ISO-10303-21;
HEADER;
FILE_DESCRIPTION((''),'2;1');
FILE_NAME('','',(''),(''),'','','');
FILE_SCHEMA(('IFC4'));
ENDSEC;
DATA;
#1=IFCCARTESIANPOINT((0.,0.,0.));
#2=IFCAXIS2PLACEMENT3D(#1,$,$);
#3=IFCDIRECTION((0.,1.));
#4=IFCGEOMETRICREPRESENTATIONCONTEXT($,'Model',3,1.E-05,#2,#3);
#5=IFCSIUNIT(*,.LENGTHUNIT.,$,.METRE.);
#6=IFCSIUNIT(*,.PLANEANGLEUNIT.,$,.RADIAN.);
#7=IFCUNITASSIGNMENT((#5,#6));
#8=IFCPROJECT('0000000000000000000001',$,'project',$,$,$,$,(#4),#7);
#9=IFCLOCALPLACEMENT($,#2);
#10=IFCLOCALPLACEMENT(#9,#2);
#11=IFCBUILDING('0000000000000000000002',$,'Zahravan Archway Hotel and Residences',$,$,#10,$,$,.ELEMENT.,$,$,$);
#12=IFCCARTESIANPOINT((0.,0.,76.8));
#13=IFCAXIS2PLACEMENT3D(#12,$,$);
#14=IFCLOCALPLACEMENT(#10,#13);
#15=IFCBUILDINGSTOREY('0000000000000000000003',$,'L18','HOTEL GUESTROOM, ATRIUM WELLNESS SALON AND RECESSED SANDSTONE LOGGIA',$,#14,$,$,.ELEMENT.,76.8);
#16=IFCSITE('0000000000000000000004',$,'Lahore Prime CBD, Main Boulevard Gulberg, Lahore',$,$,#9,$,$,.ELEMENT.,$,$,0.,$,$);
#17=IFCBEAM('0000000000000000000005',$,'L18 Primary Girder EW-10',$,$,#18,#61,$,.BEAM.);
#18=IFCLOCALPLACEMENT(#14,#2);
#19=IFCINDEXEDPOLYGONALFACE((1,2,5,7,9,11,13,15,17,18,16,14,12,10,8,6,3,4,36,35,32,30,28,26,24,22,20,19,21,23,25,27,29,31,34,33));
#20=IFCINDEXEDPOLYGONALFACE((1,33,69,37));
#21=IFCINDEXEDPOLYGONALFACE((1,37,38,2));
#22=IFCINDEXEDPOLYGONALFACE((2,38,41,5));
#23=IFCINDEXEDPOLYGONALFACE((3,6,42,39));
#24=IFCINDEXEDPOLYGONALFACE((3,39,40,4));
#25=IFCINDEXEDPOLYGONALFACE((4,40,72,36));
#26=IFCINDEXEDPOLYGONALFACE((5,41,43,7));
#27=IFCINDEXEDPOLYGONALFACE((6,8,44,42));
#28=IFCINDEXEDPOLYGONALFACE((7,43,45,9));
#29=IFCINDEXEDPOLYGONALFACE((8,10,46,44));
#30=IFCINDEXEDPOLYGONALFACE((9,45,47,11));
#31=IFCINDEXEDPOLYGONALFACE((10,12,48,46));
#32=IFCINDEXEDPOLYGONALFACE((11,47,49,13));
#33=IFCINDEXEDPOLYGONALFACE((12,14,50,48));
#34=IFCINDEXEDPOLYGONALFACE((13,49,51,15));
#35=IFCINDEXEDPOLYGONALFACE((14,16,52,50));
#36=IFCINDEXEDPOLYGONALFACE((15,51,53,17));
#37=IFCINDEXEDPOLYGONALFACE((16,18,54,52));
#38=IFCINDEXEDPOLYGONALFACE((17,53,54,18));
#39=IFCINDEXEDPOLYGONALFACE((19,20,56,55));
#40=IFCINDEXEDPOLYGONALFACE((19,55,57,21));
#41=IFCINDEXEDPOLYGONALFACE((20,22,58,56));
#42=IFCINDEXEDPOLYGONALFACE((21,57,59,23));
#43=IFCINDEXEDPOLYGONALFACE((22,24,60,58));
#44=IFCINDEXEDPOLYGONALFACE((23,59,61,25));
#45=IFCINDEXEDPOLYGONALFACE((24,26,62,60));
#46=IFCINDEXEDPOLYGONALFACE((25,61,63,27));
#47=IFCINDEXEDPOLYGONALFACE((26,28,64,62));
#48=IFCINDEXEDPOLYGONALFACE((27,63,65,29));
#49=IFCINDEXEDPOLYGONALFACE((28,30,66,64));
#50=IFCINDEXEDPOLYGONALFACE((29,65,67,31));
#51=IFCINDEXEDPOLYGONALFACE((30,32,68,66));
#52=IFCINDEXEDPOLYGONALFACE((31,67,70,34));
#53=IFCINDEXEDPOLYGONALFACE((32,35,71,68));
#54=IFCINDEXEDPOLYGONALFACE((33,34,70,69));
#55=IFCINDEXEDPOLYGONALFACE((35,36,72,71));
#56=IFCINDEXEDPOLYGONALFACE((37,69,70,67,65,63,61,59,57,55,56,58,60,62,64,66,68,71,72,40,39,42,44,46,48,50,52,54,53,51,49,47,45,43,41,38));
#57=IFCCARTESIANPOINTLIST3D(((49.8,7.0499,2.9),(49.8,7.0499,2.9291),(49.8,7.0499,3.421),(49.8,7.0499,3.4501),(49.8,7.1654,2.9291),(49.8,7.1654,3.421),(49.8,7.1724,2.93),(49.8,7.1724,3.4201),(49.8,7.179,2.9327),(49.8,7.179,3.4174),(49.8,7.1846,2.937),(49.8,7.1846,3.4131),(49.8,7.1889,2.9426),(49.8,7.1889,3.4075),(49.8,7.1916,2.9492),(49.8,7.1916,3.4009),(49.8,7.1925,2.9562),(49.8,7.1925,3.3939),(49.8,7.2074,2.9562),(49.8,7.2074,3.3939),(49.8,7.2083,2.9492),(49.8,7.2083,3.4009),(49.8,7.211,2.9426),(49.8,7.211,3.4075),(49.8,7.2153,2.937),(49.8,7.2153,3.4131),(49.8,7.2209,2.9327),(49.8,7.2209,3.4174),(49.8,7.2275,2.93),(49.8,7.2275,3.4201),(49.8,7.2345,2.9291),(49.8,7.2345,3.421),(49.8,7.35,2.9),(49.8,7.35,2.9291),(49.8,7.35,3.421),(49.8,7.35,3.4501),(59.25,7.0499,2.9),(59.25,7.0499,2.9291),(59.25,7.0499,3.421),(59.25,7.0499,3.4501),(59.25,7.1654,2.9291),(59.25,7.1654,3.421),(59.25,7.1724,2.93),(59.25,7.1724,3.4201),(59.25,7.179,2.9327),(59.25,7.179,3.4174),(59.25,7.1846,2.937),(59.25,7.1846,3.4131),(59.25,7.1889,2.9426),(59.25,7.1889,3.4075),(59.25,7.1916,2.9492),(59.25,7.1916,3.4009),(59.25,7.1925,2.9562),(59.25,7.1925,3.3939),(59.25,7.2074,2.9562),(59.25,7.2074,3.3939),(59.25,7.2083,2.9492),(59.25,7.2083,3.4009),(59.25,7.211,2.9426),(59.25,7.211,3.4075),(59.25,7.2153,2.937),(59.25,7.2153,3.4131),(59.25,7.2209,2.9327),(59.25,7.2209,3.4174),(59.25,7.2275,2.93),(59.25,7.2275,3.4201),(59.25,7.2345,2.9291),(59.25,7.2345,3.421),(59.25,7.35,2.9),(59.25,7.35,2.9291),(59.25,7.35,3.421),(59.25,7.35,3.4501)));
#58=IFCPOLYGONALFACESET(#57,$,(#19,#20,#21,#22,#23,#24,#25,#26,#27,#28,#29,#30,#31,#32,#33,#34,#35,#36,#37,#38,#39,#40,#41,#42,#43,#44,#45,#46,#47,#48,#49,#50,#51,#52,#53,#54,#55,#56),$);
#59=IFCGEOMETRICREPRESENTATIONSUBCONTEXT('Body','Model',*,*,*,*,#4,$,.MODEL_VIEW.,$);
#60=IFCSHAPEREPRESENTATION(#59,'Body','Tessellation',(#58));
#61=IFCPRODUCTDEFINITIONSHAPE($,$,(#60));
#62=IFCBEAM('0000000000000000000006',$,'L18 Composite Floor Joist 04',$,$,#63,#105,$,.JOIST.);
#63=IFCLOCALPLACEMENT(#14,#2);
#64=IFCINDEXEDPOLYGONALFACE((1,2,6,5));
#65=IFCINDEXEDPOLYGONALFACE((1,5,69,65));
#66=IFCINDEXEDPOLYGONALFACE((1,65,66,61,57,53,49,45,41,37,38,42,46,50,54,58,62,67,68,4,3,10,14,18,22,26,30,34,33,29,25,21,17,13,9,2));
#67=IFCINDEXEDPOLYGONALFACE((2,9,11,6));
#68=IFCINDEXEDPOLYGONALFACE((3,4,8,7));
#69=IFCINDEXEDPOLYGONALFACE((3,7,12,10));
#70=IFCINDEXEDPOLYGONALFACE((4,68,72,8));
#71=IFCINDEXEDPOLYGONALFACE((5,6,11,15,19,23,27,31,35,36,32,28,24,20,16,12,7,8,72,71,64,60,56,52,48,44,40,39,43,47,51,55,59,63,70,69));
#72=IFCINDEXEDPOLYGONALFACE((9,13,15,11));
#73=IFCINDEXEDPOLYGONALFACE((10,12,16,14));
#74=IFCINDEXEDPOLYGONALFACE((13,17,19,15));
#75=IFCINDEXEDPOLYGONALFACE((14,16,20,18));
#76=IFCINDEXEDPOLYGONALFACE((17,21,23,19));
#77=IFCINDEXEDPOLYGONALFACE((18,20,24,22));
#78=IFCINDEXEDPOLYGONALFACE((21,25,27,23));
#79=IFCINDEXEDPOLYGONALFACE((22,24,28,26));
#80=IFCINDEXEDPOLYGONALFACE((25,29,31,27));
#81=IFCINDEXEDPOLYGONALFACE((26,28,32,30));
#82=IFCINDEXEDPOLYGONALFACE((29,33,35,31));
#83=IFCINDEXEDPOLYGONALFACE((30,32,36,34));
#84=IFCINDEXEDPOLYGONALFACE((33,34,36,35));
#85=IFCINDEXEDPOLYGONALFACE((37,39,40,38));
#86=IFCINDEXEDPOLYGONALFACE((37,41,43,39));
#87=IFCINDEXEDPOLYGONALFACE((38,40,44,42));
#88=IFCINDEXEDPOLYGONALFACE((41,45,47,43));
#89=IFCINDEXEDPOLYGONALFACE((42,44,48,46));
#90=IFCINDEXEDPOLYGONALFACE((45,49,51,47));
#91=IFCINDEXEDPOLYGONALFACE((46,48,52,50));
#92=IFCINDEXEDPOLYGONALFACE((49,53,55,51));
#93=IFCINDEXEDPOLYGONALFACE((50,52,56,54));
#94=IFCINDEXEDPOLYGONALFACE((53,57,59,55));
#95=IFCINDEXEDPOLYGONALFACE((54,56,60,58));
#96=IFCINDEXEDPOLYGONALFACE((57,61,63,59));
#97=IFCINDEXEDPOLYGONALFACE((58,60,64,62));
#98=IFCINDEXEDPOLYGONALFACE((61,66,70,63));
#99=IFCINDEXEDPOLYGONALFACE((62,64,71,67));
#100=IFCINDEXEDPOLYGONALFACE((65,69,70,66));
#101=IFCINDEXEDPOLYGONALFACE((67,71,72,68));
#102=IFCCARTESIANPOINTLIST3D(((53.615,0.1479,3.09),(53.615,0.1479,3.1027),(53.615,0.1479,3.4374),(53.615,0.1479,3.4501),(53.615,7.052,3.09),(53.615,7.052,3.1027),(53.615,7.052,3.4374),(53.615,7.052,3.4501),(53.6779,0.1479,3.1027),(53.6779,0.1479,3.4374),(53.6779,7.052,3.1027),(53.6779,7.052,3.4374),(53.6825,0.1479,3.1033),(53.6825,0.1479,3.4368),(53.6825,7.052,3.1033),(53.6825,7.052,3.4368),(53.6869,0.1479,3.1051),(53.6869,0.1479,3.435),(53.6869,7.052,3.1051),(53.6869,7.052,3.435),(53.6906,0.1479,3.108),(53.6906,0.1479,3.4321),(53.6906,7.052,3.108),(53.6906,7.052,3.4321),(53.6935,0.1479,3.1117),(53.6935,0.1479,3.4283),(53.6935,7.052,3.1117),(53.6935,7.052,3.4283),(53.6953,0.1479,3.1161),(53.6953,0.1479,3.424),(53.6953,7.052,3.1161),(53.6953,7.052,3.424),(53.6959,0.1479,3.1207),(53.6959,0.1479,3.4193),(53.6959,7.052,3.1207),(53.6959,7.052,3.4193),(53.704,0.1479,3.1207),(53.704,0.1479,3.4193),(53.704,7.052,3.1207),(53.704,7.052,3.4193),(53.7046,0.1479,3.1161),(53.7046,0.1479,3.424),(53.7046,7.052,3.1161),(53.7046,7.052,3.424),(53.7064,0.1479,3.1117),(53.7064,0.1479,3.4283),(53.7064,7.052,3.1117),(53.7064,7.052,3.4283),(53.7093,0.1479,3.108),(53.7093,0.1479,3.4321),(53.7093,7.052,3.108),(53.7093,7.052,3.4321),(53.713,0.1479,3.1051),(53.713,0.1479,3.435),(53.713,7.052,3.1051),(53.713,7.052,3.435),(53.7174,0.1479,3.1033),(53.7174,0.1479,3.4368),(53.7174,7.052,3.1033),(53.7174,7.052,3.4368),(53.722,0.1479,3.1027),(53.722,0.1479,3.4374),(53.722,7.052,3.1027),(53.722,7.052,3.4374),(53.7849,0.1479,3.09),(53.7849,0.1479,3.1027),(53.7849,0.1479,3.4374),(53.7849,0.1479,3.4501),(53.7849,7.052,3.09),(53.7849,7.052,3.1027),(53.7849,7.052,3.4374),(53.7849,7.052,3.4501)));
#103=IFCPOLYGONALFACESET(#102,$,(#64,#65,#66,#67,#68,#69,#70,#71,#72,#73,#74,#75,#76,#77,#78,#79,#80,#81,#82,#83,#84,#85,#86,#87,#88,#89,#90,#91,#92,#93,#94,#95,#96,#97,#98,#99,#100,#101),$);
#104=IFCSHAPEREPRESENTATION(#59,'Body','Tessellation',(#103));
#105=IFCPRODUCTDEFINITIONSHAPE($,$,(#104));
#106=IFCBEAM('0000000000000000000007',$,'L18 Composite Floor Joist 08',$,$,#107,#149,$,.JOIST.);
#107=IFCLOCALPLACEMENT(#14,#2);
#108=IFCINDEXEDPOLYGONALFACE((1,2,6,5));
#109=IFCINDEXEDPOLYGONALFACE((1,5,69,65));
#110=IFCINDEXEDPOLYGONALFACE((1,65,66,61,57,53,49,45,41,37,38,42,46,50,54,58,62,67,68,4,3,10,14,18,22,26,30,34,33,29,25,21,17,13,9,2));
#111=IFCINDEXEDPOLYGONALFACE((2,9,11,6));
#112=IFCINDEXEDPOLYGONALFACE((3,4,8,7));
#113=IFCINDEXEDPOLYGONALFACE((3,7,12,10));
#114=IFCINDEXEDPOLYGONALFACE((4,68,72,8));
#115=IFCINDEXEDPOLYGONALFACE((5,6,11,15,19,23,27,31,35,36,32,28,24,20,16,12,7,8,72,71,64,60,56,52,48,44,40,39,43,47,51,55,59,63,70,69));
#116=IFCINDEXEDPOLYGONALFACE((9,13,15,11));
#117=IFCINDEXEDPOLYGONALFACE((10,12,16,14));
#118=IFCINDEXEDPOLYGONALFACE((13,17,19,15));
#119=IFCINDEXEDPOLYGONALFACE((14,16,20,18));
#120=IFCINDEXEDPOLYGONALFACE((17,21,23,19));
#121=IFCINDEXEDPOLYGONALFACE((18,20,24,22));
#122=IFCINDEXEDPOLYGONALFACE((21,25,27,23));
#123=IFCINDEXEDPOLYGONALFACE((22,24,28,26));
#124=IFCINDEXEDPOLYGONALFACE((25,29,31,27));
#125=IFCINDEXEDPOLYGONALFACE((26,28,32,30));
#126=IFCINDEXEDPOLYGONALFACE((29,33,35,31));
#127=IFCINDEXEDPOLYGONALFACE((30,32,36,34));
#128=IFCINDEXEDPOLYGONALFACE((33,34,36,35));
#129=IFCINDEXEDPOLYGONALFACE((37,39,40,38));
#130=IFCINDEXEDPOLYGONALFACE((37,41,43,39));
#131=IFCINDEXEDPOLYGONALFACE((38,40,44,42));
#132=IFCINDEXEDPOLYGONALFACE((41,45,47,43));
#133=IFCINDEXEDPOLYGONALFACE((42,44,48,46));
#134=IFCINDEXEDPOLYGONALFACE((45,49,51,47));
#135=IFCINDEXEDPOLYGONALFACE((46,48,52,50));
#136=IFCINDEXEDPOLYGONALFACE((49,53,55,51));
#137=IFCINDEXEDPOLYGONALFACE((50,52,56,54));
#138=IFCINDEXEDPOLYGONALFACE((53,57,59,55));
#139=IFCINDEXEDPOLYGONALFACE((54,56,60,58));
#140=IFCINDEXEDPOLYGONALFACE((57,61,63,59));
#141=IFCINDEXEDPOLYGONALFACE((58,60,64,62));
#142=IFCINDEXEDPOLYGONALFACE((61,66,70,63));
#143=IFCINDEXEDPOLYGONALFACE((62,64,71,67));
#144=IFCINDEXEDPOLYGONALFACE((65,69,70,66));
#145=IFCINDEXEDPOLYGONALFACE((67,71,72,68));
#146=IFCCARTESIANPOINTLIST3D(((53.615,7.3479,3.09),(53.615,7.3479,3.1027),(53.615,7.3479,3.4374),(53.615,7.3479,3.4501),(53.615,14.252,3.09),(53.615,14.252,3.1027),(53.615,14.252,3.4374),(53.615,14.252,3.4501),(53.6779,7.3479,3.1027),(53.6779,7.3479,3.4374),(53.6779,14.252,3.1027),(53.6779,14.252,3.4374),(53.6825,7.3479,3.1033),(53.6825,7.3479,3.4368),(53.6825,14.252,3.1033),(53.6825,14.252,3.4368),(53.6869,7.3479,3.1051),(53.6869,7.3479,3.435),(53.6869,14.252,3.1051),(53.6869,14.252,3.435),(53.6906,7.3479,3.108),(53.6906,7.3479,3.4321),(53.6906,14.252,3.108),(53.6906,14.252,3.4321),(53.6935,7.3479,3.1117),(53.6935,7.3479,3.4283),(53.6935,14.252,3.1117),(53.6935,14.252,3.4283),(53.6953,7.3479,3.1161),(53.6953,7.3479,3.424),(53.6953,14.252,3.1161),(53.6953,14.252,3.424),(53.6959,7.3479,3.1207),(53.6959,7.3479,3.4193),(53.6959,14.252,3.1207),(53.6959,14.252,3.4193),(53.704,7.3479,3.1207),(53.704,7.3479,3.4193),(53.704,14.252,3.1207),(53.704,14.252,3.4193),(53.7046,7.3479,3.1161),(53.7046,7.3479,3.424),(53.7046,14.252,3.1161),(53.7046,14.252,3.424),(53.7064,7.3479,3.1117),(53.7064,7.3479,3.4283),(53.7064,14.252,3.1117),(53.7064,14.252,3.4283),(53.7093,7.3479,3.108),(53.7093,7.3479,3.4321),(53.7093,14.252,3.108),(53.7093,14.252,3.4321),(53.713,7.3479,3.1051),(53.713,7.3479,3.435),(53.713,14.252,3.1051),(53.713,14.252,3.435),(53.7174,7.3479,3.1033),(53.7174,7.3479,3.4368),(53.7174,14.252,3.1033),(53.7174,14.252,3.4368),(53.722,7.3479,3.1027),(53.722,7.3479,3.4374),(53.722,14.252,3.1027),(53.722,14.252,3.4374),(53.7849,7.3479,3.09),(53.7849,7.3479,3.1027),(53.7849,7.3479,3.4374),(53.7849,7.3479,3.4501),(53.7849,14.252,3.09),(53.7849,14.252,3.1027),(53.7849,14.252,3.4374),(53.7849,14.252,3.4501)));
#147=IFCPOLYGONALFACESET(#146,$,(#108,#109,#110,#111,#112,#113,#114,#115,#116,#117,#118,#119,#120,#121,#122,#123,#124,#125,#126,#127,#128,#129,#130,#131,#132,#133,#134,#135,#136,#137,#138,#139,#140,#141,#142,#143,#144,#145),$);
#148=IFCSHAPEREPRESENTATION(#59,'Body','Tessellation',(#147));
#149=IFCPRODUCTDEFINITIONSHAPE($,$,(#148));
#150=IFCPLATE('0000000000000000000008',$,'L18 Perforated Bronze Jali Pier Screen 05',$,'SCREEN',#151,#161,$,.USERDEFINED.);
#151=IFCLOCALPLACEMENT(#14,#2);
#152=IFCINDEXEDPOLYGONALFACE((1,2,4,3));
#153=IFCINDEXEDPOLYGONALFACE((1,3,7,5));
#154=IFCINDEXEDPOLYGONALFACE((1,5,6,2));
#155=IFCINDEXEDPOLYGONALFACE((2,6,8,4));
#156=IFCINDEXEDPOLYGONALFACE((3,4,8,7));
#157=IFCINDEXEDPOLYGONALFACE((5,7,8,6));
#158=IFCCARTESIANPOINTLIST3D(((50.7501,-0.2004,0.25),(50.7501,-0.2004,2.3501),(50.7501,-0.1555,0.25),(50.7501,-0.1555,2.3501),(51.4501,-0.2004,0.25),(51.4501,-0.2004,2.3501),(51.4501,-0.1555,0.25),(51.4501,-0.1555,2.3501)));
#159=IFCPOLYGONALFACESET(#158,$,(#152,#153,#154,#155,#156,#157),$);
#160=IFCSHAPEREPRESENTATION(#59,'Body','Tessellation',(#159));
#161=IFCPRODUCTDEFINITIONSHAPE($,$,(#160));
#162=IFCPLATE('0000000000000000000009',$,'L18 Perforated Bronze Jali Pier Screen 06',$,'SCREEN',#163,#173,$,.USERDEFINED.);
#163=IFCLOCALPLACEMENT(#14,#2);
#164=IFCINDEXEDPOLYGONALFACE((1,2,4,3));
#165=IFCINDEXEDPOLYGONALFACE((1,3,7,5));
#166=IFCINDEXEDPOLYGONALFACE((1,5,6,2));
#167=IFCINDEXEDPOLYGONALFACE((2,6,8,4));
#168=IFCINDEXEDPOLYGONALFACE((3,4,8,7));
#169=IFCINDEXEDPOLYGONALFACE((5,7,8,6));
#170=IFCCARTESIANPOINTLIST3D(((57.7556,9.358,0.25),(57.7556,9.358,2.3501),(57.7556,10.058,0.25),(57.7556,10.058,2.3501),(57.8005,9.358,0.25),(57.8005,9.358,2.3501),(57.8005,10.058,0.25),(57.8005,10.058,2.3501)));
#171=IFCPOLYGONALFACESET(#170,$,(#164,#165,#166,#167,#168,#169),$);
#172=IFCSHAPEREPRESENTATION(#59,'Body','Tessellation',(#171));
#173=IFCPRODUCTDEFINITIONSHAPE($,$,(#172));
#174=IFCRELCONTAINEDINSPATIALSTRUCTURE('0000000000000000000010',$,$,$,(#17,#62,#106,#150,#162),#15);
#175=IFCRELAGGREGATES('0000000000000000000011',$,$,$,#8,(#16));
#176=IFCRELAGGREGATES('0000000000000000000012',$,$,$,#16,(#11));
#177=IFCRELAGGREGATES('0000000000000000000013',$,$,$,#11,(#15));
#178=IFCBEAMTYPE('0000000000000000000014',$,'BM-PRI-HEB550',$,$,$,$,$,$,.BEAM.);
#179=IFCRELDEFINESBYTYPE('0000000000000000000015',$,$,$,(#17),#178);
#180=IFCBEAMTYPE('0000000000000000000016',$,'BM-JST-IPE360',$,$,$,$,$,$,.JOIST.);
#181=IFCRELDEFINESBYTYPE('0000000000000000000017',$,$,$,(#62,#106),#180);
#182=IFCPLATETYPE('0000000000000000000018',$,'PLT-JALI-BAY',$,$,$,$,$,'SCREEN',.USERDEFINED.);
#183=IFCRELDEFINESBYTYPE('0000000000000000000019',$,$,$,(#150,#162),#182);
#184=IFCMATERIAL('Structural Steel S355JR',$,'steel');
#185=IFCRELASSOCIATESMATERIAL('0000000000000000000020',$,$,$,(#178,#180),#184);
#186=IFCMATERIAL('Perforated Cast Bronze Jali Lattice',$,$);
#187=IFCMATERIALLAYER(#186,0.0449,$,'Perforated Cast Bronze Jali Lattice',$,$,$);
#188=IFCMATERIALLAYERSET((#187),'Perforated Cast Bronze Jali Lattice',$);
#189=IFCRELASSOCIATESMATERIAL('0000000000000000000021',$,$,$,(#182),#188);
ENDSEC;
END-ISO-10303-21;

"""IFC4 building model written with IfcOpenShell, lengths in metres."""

from ifc_helpers import new_model, si_unit, direction, frame, origin, origin_2d, place, context, subcontext, project, spatial, rectangle, i_section, extrude, source, transform, mapped, material, layer, layer_set, material_profile, profile_set, type_object, type_shapes, element, save


model = new_model("IFC4")

# Units and contexts
model_context = context("Model", 3, precision=1e-05, world=origin(), true_north=direction((0.0, 1.0)))
body_context = subcontext(model_context, "Body", "Model", "MODEL_VIEW")
ifc_project = project(units=[si_unit("LENGTHUNIT", "METRE"), si_unit("PLANEANGLEUNIT", "RADIAN")], contexts=[model_context])

# Site, building, storey
site_placement = place(None, origin())
site = spatial("IfcSite", under=ifc_project, at=site_placement, Name="Lahore Prime CBD, Main Boulevard Gulberg, Lahore", CompositionType="ELEMENT", RefElevation=0.0)
building_placement = place(site_placement, origin())
building = spatial("IfcBuilding", under=site, at=building_placement, Name="Zahravan Archway Hotel and Residences", CompositionType="ELEMENT")
storey_placement = place(building_placement, frame((0.0, 0.0, 76.8)))
storey = spatial("IfcBuildingStorey", under=building, at=storey_placement, Name="L18", Description="HOTEL GUESTROOM, ATRIUM WELLNESS SALON AND RECESSED SANDSTONE LOGGIA", CompositionType="ELEMENT", Elevation=76.8)

# Beams
ifc_material_1 = material(Name="Structural Steel S355JR", Category="steel")
ifc_material_profile_1 = material_profile(ifc_material_1, i_section(OverallWidth=0.3, OverallDepth=0.55, WebThickness=0.0149, FlangeThickness=0.0291, FilletRadius=0.0271, at=origin_2d()), Name="HEB 550", Category="steel")
ifc_profile_set_1 = profile_set([ifc_material_profile_1], Name="Structural Steel S355JR")
beam_type_1 = type_object("IfcBeamType", Name="BM-PRI-HEB550", PredefinedType="BEAM", material=ifc_profile_set_1)
shared_shape_1 = source(origin(), body_context, "Body", "SweptSolid", [
    extrude(i_section(OverallWidth=0.3, OverallDepth=0.55, WebThickness=0.0149, FlangeThickness=0.0291, FilletRadius=0.0271, at=origin_2d()), origin(), (0.0, 0.0, 1.0), 9.45),
])
beam_1_placement = place(storey_placement, frame((49.8, 7.2, 3.175), z_axis=(1.0, 0.0, 0.0), x_axis=(0.0, 1.0, 0.0)))
element("IfcBeam", 1, at=beam_1_placement, inside=storey, type_object=beam_type_1, Name="L18 Primary Girder EW-10", PredefinedType="BEAM", context=body_context, shape_type="MappedRepresentation", body=[
    mapped(shared_shape_1, transform((0.0, 0.0, 0.0), scale=1.0)),
])
ifc_material_profile_2 = material_profile(ifc_material_1, i_section(OverallWidth=0.1699, OverallDepth=0.3601, WebThickness=0.0081, FlangeThickness=0.0127, FilletRadius=0.0181, at=origin_2d()), Name="IPE 360", Category="steel")
ifc_profile_set_2 = profile_set([ifc_material_profile_2], Name="Structural Steel S355JR")
beam_type_2 = type_object("IfcBeamType", Name="BM-JST-IPE360", PredefinedType="JOIST", material=ifc_profile_set_2)
shared_shape_2 = source(origin(), body_context, "Body", "SweptSolid", [
    extrude(i_section(OverallWidth=0.1699, OverallDepth=0.3601, WebThickness=0.0081, FlangeThickness=0.0127, FilletRadius=0.0181, at=origin_2d()), origin(), (0.0, 0.0, 1.0), 6.9041),
])
type_shapes(beam_type_2, [shared_shape_2])
for number, where, z_axis, x_axis, name in (
    (2, (53.7, 0.1479, 3.27), (0.0, 1.0, 0.0), (-1.0, 0.0, 0.0), "L18 Composite Floor Joist 04"),
    (3, (53.7, 7.3479, 3.27), (0.0, 1.0, 0.0), (-1.0, 0.0, 0.0), "L18 Composite Floor Joist 08"),
):
    element("IfcBeam", number, at=place(storey_placement, frame(where, z_axis=z_axis, x_axis=x_axis)), inside=storey, type_object=beam_type_2, Name=name, PredefinedType="JOIST", context=body_context, shape_type="MappedRepresentation", body=[
        mapped(shared_shape_2, transform((0.0, 0.0, 0.0), scale=1.0)),
    ])

# Plates
ifc_material_2 = material(Name="Perforated Cast Bronze Jali Lattice")
ifc_layer_1 = layer(ifc_material_2, 0.0449, Name="Perforated Cast Bronze Jali Lattice")
ifc_layer_set_1 = layer_set([ifc_layer_1], Name="Perforated Cast Bronze Jali Lattice")
plate_type = type_object("IfcPlateType", Name="PLT-JALI-BAY", ElementType="SCREEN", PredefinedType="USERDEFINED", material=ifc_layer_set_1)
shared_shape_3 = source(origin(), body_context, "Body", "SweptSolid", [
    extrude(rectangle(XDim=0.7, YDim=0.0449, at=origin_2d()), origin(), (0.0, 0.0, 1.0), 2.1001),
])
type_shapes(plate_type, [shared_shape_3])
for number, where, z_axis, x_axis, name in (
    (4, (51.1001, -0.178, 0.25), (0.0, 0.0, 1.0), (1.0, 0.0, 0.0), "L18 Perforated Bronze Jali Pier Screen 05"),
    (5, (57.7781, 9.708, 0.25), (0.0, 0.0, 1.0), (0.0, 1.0, 0.0), "L18 Perforated Bronze Jali Pier Screen 06"),
):
    element("IfcPlate", number, at=place(storey_placement, frame(where, z_axis=z_axis, x_axis=x_axis)), inside=storey, type_object=plate_type, Name=name, ObjectType="SCREEN", PredefinedType="USERDEFINED", context=body_context, shape_type="MappedRepresentation", body=[
        mapped(shared_shape_3, transform((0.0, 0.0, 0.0), scale=1.0)),
    ])

save(model, "model.ifc")
